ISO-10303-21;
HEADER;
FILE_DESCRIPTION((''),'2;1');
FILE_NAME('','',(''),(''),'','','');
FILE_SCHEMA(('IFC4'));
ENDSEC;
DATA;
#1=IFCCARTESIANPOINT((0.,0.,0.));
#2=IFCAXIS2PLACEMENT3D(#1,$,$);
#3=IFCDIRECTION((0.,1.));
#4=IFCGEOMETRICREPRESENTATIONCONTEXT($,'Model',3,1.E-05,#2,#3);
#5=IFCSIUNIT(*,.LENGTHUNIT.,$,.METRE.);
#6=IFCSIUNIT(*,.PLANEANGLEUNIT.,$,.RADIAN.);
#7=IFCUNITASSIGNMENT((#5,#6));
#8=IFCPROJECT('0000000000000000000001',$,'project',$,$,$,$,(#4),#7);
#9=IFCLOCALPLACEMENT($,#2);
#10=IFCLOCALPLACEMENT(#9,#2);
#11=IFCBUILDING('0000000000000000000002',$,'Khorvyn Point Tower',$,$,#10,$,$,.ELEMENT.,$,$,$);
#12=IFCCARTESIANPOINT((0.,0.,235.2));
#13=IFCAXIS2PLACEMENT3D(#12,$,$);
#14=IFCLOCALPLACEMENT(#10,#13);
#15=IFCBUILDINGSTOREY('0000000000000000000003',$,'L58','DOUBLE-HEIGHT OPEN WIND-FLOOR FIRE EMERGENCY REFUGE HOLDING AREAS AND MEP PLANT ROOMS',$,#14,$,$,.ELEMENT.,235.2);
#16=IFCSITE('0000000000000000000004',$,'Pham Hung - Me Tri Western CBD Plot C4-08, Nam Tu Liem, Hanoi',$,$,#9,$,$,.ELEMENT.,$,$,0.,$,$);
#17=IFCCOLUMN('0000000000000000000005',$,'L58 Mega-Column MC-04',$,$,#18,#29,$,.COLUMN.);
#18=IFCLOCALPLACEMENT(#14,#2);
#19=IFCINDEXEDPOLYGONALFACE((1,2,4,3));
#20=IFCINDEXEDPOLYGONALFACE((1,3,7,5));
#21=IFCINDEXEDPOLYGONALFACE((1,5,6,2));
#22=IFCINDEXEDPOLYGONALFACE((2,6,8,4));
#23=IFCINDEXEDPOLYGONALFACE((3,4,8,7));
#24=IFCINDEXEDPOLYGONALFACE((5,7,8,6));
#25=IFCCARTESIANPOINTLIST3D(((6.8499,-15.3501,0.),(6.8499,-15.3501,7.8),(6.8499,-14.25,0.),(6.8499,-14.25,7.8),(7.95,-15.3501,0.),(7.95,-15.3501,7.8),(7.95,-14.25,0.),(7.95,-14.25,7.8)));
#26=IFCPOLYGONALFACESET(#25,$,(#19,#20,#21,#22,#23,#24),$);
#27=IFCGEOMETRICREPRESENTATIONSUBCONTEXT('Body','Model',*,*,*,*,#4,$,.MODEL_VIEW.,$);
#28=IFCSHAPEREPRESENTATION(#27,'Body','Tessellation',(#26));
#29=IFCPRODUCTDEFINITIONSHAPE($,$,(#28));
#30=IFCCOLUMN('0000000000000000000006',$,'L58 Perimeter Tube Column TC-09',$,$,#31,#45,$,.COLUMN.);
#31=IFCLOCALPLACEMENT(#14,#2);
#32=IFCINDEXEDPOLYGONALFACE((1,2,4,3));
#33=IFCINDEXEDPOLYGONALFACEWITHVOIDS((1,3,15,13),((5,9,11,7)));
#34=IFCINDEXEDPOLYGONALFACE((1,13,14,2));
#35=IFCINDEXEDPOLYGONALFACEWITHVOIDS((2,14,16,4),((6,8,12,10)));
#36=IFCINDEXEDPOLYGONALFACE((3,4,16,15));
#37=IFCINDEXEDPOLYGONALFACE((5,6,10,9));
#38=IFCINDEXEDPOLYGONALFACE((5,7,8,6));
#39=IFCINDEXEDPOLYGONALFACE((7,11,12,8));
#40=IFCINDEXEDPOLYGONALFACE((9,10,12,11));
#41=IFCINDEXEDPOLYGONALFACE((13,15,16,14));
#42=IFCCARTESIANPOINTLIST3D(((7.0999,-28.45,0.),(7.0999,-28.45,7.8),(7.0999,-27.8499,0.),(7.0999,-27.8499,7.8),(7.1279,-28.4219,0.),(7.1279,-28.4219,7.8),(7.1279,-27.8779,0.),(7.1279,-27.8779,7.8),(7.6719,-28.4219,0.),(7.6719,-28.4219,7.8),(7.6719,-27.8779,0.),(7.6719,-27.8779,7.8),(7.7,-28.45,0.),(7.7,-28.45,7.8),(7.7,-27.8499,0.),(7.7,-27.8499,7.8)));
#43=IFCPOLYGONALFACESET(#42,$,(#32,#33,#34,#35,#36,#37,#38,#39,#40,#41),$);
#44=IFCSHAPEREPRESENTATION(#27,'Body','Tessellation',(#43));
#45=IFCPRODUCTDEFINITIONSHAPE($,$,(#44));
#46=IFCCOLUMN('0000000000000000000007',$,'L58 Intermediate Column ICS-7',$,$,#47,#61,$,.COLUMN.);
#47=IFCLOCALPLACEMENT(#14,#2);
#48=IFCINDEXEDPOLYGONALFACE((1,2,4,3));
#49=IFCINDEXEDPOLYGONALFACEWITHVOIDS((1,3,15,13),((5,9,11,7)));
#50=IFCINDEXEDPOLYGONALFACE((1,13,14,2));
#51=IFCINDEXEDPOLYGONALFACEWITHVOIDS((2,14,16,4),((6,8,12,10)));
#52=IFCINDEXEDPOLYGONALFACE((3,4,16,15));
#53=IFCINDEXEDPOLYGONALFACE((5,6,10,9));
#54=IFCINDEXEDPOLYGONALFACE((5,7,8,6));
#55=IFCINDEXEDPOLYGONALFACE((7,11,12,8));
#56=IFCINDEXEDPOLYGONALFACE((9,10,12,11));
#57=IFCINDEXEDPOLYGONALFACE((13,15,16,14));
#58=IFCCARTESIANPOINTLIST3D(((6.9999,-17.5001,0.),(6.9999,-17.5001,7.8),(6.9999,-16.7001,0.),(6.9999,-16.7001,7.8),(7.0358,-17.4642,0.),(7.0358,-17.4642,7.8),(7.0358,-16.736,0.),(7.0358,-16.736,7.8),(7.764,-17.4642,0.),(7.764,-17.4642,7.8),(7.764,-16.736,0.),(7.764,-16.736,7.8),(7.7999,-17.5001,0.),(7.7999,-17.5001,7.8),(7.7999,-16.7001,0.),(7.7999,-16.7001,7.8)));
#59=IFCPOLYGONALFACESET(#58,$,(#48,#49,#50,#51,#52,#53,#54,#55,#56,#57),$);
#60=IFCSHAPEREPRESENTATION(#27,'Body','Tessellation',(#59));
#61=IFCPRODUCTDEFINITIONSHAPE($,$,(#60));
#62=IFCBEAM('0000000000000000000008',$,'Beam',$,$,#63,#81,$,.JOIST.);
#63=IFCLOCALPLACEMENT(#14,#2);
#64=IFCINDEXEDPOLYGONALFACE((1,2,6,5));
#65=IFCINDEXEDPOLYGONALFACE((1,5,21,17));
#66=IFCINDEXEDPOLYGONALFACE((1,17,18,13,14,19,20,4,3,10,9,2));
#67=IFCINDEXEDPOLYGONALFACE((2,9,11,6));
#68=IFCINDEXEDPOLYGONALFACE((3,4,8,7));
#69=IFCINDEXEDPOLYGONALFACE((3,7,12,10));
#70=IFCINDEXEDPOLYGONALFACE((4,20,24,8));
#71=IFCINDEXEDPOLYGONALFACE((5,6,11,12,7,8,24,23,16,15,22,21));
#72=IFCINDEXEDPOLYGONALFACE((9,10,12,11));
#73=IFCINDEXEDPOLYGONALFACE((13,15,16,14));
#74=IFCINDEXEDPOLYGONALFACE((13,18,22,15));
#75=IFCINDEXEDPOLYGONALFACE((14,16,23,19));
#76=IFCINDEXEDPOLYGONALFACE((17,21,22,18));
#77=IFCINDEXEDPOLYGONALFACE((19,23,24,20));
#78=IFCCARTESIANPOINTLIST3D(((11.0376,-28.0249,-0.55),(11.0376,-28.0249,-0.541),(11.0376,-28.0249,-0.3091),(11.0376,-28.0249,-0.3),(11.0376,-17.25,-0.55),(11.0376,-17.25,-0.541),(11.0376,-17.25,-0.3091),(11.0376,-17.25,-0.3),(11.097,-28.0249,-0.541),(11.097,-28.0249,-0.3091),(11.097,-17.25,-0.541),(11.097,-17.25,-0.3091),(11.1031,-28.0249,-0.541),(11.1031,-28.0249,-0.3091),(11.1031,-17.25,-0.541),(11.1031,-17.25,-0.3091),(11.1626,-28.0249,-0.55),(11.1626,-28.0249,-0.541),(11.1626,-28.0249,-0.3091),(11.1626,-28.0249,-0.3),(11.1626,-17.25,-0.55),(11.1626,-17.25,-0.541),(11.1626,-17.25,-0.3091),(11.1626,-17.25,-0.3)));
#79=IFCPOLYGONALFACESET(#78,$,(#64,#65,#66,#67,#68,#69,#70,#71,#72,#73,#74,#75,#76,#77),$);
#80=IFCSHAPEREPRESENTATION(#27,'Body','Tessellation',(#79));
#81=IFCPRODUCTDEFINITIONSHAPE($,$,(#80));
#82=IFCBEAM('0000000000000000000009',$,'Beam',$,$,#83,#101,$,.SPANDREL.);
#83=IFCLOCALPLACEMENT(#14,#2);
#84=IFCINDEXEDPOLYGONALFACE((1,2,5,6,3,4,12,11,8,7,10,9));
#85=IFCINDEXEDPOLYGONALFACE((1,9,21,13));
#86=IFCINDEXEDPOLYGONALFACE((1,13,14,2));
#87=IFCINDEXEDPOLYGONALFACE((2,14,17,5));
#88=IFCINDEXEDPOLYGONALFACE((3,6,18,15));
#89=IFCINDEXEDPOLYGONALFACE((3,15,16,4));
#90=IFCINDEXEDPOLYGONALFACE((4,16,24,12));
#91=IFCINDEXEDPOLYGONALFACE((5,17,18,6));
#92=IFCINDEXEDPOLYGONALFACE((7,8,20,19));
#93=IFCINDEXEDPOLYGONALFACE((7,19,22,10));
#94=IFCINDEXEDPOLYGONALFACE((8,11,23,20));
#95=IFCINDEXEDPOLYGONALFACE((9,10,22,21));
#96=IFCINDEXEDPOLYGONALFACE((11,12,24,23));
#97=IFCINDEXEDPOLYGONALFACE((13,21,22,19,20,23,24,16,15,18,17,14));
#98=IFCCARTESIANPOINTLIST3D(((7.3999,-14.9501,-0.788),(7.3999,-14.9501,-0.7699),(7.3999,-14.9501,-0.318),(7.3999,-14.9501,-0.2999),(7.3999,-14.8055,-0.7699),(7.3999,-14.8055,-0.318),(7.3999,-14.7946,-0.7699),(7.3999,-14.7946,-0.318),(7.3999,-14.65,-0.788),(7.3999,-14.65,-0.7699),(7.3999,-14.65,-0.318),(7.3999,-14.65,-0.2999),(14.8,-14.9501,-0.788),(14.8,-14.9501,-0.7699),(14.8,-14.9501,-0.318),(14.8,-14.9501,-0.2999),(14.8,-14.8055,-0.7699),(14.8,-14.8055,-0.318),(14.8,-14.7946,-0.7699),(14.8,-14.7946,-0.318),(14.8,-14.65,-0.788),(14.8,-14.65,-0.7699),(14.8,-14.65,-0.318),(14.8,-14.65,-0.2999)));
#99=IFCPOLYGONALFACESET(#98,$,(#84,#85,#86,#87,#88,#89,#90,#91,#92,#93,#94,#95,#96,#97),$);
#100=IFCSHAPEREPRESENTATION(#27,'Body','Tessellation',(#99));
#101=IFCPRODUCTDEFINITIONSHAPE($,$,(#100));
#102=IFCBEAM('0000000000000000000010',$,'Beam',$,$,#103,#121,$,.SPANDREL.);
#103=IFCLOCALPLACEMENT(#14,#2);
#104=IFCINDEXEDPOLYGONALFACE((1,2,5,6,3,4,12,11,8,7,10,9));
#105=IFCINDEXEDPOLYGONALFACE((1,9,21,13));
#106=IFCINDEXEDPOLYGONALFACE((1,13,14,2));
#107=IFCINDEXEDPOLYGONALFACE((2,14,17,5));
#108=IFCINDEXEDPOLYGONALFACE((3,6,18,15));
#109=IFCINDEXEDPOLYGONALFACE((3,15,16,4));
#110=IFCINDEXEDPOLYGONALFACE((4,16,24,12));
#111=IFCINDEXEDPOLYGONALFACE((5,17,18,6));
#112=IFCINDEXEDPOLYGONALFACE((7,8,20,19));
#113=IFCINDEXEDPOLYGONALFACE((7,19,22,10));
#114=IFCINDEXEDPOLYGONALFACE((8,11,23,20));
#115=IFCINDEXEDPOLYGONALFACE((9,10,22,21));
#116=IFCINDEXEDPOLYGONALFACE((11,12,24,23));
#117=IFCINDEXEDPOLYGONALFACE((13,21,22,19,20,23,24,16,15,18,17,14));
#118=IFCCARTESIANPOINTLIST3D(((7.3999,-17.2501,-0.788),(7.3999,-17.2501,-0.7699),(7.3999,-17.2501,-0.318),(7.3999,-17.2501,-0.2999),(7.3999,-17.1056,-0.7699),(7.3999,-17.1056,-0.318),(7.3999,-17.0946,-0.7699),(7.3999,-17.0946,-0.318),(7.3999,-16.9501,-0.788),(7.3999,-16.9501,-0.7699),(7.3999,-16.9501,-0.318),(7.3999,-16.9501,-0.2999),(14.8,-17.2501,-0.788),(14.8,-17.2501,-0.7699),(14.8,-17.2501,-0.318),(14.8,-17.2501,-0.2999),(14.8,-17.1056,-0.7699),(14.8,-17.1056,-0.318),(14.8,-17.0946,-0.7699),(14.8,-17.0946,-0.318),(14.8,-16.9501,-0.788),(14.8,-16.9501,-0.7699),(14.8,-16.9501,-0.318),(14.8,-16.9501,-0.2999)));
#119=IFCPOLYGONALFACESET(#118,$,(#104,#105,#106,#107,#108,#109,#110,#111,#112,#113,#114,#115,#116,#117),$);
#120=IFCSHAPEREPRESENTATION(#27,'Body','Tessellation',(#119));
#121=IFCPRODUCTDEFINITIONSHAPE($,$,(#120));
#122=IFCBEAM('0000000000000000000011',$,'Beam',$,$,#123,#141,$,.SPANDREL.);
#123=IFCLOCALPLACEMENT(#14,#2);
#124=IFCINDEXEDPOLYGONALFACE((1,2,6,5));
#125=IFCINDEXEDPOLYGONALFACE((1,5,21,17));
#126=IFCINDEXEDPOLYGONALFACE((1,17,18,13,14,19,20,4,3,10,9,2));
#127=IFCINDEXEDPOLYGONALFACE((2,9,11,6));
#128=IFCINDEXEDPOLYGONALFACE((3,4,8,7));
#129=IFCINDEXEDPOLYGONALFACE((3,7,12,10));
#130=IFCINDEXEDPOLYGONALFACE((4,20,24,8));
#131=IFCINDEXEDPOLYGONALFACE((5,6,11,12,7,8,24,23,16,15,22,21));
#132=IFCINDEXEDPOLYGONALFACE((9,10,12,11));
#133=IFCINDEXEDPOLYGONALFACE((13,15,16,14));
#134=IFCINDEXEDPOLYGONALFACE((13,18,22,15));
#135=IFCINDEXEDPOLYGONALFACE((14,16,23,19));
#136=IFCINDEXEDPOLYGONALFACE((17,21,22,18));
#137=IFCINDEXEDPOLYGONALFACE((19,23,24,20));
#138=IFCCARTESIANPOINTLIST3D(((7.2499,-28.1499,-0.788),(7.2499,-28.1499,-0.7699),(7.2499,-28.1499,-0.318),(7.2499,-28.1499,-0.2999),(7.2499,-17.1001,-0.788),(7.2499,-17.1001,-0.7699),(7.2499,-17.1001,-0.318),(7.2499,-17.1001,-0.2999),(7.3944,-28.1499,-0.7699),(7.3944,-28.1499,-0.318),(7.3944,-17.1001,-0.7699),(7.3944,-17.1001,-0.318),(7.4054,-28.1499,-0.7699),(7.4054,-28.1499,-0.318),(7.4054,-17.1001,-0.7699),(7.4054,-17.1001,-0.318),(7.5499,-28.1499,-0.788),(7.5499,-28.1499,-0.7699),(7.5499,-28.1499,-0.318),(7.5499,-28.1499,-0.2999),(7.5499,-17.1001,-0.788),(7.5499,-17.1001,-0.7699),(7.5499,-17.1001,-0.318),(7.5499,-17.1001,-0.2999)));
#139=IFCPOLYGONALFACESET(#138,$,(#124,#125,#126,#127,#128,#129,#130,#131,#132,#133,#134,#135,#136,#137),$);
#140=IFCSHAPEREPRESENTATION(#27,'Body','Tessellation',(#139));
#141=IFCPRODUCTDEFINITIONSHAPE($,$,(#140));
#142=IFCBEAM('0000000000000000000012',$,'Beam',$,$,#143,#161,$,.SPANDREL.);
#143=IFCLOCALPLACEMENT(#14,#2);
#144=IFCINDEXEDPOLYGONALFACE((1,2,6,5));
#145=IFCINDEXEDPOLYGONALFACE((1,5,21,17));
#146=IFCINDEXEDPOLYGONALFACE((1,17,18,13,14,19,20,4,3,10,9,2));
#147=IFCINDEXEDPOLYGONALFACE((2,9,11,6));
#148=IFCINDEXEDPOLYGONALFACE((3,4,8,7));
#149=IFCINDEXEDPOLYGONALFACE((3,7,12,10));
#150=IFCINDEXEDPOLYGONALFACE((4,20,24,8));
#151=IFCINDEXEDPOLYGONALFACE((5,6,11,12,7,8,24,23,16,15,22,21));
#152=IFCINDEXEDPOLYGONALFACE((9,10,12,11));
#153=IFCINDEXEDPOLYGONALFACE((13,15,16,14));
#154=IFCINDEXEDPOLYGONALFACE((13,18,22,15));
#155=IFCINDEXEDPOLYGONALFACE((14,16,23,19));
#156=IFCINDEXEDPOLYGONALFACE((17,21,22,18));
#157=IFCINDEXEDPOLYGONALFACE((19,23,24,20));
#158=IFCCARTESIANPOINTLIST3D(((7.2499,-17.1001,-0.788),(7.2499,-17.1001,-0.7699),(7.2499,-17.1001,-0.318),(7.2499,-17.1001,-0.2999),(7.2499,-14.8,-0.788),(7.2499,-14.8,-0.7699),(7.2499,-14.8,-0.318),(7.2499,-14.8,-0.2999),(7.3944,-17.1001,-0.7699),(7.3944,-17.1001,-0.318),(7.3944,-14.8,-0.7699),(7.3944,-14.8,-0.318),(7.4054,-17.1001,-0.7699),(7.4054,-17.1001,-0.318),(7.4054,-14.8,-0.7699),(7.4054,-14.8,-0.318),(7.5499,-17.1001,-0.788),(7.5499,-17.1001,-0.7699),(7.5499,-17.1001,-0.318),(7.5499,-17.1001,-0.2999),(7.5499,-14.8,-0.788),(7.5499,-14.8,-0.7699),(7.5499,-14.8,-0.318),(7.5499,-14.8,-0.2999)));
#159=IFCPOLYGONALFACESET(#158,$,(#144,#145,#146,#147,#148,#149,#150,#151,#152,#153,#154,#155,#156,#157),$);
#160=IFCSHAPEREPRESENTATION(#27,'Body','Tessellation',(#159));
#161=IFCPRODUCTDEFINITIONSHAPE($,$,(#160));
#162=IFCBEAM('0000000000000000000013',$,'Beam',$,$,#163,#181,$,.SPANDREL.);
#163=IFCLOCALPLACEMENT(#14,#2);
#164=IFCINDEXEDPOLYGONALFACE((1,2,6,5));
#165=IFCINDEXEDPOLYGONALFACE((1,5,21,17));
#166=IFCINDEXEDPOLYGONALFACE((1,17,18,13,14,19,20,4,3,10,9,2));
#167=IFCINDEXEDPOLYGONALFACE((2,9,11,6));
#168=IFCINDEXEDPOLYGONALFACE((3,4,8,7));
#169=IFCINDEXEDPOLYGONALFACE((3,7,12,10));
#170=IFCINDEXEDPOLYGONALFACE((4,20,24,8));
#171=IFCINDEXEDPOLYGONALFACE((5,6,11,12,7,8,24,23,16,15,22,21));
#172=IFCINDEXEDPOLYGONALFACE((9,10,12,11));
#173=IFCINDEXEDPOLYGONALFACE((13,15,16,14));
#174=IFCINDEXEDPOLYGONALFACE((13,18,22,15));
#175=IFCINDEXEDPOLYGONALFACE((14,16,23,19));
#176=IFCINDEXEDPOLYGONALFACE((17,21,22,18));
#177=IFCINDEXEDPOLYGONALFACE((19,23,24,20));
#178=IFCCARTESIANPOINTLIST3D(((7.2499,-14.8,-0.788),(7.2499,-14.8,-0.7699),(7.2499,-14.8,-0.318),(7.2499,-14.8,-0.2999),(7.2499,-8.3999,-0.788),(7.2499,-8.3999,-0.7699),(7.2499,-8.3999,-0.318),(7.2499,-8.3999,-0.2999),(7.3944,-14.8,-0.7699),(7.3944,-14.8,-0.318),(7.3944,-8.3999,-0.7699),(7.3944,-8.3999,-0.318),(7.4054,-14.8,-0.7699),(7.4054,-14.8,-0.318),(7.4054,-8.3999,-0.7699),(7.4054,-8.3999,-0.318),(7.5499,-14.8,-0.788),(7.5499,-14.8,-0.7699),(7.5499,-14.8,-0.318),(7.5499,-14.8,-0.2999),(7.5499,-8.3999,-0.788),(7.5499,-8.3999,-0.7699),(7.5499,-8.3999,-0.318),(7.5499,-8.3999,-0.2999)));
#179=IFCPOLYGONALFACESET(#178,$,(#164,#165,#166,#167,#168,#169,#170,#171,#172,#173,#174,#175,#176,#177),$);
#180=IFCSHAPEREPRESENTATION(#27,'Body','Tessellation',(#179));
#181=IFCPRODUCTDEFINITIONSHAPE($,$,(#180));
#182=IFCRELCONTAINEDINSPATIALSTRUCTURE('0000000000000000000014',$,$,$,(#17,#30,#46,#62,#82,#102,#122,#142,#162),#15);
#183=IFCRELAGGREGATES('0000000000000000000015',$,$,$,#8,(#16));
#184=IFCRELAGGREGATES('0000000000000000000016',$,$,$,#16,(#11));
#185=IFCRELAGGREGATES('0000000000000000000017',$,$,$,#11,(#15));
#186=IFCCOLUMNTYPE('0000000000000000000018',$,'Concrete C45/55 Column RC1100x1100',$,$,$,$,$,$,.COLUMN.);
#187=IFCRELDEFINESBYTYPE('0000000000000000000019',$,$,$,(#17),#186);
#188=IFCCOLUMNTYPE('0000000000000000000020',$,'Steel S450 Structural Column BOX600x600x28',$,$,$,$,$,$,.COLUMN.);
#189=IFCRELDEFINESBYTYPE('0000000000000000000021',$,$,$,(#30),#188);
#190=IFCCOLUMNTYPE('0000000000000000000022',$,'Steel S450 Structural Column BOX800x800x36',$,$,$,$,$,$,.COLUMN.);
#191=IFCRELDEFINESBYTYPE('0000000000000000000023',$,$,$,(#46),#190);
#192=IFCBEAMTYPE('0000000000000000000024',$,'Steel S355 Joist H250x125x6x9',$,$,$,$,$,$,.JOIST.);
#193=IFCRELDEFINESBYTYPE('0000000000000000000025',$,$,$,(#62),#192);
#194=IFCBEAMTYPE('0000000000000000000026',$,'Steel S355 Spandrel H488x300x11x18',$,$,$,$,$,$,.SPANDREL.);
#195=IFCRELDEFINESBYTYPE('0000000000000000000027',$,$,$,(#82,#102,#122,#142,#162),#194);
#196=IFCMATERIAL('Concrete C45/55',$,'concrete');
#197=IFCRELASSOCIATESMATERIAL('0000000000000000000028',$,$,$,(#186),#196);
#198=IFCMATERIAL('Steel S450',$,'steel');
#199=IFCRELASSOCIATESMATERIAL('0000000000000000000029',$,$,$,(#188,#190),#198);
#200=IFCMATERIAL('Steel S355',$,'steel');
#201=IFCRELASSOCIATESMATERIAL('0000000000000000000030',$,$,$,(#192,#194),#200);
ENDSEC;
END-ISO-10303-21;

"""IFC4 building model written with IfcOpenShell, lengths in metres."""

from ifc_helpers import new_model, si_unit, direction, frame, origin, origin_2d, place, context, subcontext, project, spatial, rectangle, hollow_rectangle, i_section, extrude, material, material_profile, profile_set, type_object, element, save


model = new_model("IFC4")

# Units and contexts
model_context = context("Model", 3, precision=1e-05, world=origin(), true_north=direction((0.0, 1.0)))
body_context = subcontext(model_context, "Body", "Model", "MODEL_VIEW")
ifc_project = project(units=[si_unit("LENGTHUNIT", "METRE"), si_unit("PLANEANGLEUNIT", "RADIAN")], contexts=[model_context])

# Site, building, storey
site_placement = place(None, origin())
site = spatial("IfcSite", under=ifc_project, at=site_placement, Name="Pham Hung - Me Tri Western CBD Plot C4-08, Nam Tu Liem, Hanoi", CompositionType="ELEMENT", RefElevation=0.0)
building_placement = place(site_placement, origin())
building = spatial("IfcBuilding", under=site, at=building_placement, Name="Khorvyn Point Tower", CompositionType="ELEMENT")
storey_placement = place(building_placement, frame((0.0, 0.0, 235.2)))
storey = spatial("IfcBuildingStorey", under=building, at=storey_placement, Name="L58", Description="DOUBLE-HEIGHT OPEN WIND-FLOOR FIRE EMERGENCY REFUGE HOLDING AREAS AND MEP PLANT ROOMS", CompositionType="ELEMENT", Elevation=235.2)

# Columns
ifc_material_1 = material(Name="Concrete C45/55", Category="concrete")
ifc_material_profile_1 = material_profile(ifc_material_1, rectangle(XDim=1.1001, YDim=1.1001, at=origin_2d()))
ifc_profile_set_1 = profile_set([ifc_material_profile_1], Name="Concrete C45/55 RC1100x1100")
column_type_1 = type_object("IfcColumnType", Name="Concrete C45/55 Column RC1100x1100", PredefinedType="COLUMN", material=ifc_profile_set_1)
column_1_placement = place(storey_placement, frame((7.3999, -14.8, 0.0), z_axis=(0.0, 0.0, 1.0), x_axis=(1.0, 0.0, 0.0)))
element("IfcColumn", 1, at=column_1_placement, inside=storey, type_object=column_type_1, Name="L58 Mega-Column MC-04", PredefinedType="COLUMN", context=body_context, shape_type="SweptSolid", body=[
    extrude(rectangle(XDim=1.1001, YDim=1.1001, at=origin_2d()), origin(), (0.0, 0.0, 1.0), 7.8),
])
ifc_material_2 = material(Name="Steel S450", Category="steel")
ifc_material_profile_2 = material_profile(ifc_material_2, hollow_rectangle(XDim=0.6001, YDim=0.6001, WallThickness=0.0281, at=origin_2d()))
ifc_profile_set_2 = profile_set([ifc_material_profile_2], Name="Steel S450 BOX600x600x28")
column_type_2 = type_object("IfcColumnType", Name="Steel S450 Structural Column BOX600x600x28", PredefinedType="COLUMN", material=ifc_profile_set_2)
column_2_placement = place(storey_placement, frame((7.3999, -28.1499, 0.0), z_axis=(0.0, 0.0, 1.0), x_axis=(1.0, 0.0, 0.0)))
element("IfcColumn", 2, at=column_2_placement, inside=storey, type_object=column_type_2, Name="L58 Perimeter Tube Column TC-09", PredefinedType="COLUMN", context=body_context, shape_type="SweptSolid", body=[
    extrude(hollow_rectangle(XDim=0.6001, YDim=0.6001, WallThickness=0.0281, at=origin_2d()), origin(), (0.0, 0.0, 1.0), 7.8),
])
ifc_material_profile_3 = material_profile(ifc_material_2, hollow_rectangle(XDim=0.8, YDim=0.8, WallThickness=0.0359, at=origin_2d()))
ifc_profile_set_3 = profile_set([ifc_material_profile_3], Name="Steel S450 BOX800x800x36")
column_type_3 = type_object("IfcColumnType", Name="Steel S450 Structural Column BOX800x800x36", PredefinedType="COLUMN", material=ifc_profile_set_3)
column_3_placement = place(storey_placement, frame((7.3999, -17.1001, 0.0), z_axis=(0.0, 0.0, 1.0), x_axis=(1.0, 0.0, 0.0)))
element("IfcColumn", 3, at=column_3_placement, inside=storey, type_object=column_type_3, Name="L58 Intermediate Column ICS-7", PredefinedType="COLUMN", context=body_context, shape_type="SweptSolid", body=[
    extrude(hollow_rectangle(XDim=0.8, YDim=0.8, WallThickness=0.0359, at=origin_2d()), origin(), (0.0, 0.0, 1.0), 7.8),
])

# Beams
ifc_material_3 = material(Name="Steel S355", Category="steel")
ifc_material_profile_4 = material_profile(ifc_material_3, i_section(OverallWidth=0.125, OverallDepth=0.25, WebThickness=0.0061, FlangeThickness=0.009, at=origin_2d()))
ifc_profile_set_4 = profile_set([ifc_material_profile_4], Name="Steel S355 H250x125x6x9")
beam_type_1 = type_object("IfcBeamType", Name="Steel S355 Joist H250x125x6x9", PredefinedType="JOIST", material=ifc_profile_set_4)
beam_1_placement = place(storey_placement, frame((11.1001, -28.0249, -0.425), z_axis=(0.0, 1.0, 0.0), x_axis=(-1.0, 0.0, 0.0)))
element("IfcBeam", 4, at=beam_1_placement, inside=storey, type_object=beam_type_1, Name="Beam", PredefinedType="JOIST", context=body_context, shape_type="SweptSolid", body=[
    extrude(i_section(OverallWidth=0.125, OverallDepth=0.25, WebThickness=0.0061, FlangeThickness=0.009, at=origin_2d()), origin(), (0.0, 0.0, 1.0), 10.7749),
])
ifc_material_profile_5 = material_profile(ifc_material_3, i_section(OverallWidth=0.3, OverallDepth=0.488, WebThickness=0.011, FlangeThickness=0.0181, at=origin_2d()))
ifc_profile_set_5 = profile_set([ifc_material_profile_5], Name="Steel S355 H488x300x11x18")
beam_type_2 = type_object("IfcBeamType", Name="Steel S355 Spandrel H488x300x11x18", PredefinedType="SPANDREL", material=ifc_profile_set_5)
for number, where, z_axis, x_axis, name in (
    (5, (7.3999, -14.8, -0.5439), (1.0, 0.0, 0.0), (0.0, 1.0, 0.0), "Beam"),
    (6, (7.3999, -17.1001, -0.5439), (1.0, 0.0, 0.0), (0.0, 1.0, 0.0), "Beam"),
):
    element("IfcBeam", number, at=place(storey_placement, frame(where, z_axis=z_axis, x_axis=x_axis)), inside=storey, type_object=beam_type_2, Name=name, PredefinedType="SPANDREL", context=body_context, shape_type="SweptSolid", body=[
        extrude(i_section(OverallWidth=0.3, OverallDepth=0.488, WebThickness=0.011, FlangeThickness=0.0181, at=origin_2d()), origin(), (0.0, 0.0, 1.0), 7.4001),
    ])
beam_2_placement = place(storey_placement, frame((7.3999, -28.1499, -0.5439), z_axis=(0.0, 1.0, 0.0), x_axis=(-1.0, 0.0, 0.0)))
element("IfcBeam", 7, at=beam_2_placement, inside=storey, type_object=beam_type_2, Name="Beam", PredefinedType="SPANDREL", context=body_context, shape_type="SweptSolid", body=[
    extrude(i_section(OverallWidth=0.3, OverallDepth=0.488, WebThickness=0.011, FlangeThickness=0.0181, at=origin_2d()), origin(), (0.0, 0.0, 1.0), 11.0498),
])
beam_3_placement = place(storey_placement, frame((7.3999, -17.1001, -0.5439), z_axis=(0.0, 1.0, 0.0), x_axis=(-1.0, 0.0, 0.0)))
element("IfcBeam", 8, at=beam_3_placement, inside=storey, type_object=beam_type_2, Name="Beam", PredefinedType="SPANDREL", context=body_context, shape_type="SweptSolid", body=[
    extrude(i_section(OverallWidth=0.3, OverallDepth=0.488, WebThickness=0.011, FlangeThickness=0.0181, at=origin_2d()), origin(), (0.0, 0.0, 1.0), 2.3),
])
beam_4_placement = place(storey_placement, frame((7.3999, -14.8, -0.5439), z_axis=(0.0, 1.0, 0.0), x_axis=(-1.0, 0.0, 0.0)))
element("IfcBeam", 9, at=beam_4_placement, inside=storey, type_object=beam_type_2, Name="Beam", PredefinedType="SPANDREL", context=body_context, shape_type="SweptSolid", body=[
    extrude(i_section(OverallWidth=0.3, OverallDepth=0.488, WebThickness=0.011, FlangeThickness=0.0181, at=origin_2d()), origin(), (0.0, 0.0, 1.0), 6.4001),
])

save(model, "model.ifc")
